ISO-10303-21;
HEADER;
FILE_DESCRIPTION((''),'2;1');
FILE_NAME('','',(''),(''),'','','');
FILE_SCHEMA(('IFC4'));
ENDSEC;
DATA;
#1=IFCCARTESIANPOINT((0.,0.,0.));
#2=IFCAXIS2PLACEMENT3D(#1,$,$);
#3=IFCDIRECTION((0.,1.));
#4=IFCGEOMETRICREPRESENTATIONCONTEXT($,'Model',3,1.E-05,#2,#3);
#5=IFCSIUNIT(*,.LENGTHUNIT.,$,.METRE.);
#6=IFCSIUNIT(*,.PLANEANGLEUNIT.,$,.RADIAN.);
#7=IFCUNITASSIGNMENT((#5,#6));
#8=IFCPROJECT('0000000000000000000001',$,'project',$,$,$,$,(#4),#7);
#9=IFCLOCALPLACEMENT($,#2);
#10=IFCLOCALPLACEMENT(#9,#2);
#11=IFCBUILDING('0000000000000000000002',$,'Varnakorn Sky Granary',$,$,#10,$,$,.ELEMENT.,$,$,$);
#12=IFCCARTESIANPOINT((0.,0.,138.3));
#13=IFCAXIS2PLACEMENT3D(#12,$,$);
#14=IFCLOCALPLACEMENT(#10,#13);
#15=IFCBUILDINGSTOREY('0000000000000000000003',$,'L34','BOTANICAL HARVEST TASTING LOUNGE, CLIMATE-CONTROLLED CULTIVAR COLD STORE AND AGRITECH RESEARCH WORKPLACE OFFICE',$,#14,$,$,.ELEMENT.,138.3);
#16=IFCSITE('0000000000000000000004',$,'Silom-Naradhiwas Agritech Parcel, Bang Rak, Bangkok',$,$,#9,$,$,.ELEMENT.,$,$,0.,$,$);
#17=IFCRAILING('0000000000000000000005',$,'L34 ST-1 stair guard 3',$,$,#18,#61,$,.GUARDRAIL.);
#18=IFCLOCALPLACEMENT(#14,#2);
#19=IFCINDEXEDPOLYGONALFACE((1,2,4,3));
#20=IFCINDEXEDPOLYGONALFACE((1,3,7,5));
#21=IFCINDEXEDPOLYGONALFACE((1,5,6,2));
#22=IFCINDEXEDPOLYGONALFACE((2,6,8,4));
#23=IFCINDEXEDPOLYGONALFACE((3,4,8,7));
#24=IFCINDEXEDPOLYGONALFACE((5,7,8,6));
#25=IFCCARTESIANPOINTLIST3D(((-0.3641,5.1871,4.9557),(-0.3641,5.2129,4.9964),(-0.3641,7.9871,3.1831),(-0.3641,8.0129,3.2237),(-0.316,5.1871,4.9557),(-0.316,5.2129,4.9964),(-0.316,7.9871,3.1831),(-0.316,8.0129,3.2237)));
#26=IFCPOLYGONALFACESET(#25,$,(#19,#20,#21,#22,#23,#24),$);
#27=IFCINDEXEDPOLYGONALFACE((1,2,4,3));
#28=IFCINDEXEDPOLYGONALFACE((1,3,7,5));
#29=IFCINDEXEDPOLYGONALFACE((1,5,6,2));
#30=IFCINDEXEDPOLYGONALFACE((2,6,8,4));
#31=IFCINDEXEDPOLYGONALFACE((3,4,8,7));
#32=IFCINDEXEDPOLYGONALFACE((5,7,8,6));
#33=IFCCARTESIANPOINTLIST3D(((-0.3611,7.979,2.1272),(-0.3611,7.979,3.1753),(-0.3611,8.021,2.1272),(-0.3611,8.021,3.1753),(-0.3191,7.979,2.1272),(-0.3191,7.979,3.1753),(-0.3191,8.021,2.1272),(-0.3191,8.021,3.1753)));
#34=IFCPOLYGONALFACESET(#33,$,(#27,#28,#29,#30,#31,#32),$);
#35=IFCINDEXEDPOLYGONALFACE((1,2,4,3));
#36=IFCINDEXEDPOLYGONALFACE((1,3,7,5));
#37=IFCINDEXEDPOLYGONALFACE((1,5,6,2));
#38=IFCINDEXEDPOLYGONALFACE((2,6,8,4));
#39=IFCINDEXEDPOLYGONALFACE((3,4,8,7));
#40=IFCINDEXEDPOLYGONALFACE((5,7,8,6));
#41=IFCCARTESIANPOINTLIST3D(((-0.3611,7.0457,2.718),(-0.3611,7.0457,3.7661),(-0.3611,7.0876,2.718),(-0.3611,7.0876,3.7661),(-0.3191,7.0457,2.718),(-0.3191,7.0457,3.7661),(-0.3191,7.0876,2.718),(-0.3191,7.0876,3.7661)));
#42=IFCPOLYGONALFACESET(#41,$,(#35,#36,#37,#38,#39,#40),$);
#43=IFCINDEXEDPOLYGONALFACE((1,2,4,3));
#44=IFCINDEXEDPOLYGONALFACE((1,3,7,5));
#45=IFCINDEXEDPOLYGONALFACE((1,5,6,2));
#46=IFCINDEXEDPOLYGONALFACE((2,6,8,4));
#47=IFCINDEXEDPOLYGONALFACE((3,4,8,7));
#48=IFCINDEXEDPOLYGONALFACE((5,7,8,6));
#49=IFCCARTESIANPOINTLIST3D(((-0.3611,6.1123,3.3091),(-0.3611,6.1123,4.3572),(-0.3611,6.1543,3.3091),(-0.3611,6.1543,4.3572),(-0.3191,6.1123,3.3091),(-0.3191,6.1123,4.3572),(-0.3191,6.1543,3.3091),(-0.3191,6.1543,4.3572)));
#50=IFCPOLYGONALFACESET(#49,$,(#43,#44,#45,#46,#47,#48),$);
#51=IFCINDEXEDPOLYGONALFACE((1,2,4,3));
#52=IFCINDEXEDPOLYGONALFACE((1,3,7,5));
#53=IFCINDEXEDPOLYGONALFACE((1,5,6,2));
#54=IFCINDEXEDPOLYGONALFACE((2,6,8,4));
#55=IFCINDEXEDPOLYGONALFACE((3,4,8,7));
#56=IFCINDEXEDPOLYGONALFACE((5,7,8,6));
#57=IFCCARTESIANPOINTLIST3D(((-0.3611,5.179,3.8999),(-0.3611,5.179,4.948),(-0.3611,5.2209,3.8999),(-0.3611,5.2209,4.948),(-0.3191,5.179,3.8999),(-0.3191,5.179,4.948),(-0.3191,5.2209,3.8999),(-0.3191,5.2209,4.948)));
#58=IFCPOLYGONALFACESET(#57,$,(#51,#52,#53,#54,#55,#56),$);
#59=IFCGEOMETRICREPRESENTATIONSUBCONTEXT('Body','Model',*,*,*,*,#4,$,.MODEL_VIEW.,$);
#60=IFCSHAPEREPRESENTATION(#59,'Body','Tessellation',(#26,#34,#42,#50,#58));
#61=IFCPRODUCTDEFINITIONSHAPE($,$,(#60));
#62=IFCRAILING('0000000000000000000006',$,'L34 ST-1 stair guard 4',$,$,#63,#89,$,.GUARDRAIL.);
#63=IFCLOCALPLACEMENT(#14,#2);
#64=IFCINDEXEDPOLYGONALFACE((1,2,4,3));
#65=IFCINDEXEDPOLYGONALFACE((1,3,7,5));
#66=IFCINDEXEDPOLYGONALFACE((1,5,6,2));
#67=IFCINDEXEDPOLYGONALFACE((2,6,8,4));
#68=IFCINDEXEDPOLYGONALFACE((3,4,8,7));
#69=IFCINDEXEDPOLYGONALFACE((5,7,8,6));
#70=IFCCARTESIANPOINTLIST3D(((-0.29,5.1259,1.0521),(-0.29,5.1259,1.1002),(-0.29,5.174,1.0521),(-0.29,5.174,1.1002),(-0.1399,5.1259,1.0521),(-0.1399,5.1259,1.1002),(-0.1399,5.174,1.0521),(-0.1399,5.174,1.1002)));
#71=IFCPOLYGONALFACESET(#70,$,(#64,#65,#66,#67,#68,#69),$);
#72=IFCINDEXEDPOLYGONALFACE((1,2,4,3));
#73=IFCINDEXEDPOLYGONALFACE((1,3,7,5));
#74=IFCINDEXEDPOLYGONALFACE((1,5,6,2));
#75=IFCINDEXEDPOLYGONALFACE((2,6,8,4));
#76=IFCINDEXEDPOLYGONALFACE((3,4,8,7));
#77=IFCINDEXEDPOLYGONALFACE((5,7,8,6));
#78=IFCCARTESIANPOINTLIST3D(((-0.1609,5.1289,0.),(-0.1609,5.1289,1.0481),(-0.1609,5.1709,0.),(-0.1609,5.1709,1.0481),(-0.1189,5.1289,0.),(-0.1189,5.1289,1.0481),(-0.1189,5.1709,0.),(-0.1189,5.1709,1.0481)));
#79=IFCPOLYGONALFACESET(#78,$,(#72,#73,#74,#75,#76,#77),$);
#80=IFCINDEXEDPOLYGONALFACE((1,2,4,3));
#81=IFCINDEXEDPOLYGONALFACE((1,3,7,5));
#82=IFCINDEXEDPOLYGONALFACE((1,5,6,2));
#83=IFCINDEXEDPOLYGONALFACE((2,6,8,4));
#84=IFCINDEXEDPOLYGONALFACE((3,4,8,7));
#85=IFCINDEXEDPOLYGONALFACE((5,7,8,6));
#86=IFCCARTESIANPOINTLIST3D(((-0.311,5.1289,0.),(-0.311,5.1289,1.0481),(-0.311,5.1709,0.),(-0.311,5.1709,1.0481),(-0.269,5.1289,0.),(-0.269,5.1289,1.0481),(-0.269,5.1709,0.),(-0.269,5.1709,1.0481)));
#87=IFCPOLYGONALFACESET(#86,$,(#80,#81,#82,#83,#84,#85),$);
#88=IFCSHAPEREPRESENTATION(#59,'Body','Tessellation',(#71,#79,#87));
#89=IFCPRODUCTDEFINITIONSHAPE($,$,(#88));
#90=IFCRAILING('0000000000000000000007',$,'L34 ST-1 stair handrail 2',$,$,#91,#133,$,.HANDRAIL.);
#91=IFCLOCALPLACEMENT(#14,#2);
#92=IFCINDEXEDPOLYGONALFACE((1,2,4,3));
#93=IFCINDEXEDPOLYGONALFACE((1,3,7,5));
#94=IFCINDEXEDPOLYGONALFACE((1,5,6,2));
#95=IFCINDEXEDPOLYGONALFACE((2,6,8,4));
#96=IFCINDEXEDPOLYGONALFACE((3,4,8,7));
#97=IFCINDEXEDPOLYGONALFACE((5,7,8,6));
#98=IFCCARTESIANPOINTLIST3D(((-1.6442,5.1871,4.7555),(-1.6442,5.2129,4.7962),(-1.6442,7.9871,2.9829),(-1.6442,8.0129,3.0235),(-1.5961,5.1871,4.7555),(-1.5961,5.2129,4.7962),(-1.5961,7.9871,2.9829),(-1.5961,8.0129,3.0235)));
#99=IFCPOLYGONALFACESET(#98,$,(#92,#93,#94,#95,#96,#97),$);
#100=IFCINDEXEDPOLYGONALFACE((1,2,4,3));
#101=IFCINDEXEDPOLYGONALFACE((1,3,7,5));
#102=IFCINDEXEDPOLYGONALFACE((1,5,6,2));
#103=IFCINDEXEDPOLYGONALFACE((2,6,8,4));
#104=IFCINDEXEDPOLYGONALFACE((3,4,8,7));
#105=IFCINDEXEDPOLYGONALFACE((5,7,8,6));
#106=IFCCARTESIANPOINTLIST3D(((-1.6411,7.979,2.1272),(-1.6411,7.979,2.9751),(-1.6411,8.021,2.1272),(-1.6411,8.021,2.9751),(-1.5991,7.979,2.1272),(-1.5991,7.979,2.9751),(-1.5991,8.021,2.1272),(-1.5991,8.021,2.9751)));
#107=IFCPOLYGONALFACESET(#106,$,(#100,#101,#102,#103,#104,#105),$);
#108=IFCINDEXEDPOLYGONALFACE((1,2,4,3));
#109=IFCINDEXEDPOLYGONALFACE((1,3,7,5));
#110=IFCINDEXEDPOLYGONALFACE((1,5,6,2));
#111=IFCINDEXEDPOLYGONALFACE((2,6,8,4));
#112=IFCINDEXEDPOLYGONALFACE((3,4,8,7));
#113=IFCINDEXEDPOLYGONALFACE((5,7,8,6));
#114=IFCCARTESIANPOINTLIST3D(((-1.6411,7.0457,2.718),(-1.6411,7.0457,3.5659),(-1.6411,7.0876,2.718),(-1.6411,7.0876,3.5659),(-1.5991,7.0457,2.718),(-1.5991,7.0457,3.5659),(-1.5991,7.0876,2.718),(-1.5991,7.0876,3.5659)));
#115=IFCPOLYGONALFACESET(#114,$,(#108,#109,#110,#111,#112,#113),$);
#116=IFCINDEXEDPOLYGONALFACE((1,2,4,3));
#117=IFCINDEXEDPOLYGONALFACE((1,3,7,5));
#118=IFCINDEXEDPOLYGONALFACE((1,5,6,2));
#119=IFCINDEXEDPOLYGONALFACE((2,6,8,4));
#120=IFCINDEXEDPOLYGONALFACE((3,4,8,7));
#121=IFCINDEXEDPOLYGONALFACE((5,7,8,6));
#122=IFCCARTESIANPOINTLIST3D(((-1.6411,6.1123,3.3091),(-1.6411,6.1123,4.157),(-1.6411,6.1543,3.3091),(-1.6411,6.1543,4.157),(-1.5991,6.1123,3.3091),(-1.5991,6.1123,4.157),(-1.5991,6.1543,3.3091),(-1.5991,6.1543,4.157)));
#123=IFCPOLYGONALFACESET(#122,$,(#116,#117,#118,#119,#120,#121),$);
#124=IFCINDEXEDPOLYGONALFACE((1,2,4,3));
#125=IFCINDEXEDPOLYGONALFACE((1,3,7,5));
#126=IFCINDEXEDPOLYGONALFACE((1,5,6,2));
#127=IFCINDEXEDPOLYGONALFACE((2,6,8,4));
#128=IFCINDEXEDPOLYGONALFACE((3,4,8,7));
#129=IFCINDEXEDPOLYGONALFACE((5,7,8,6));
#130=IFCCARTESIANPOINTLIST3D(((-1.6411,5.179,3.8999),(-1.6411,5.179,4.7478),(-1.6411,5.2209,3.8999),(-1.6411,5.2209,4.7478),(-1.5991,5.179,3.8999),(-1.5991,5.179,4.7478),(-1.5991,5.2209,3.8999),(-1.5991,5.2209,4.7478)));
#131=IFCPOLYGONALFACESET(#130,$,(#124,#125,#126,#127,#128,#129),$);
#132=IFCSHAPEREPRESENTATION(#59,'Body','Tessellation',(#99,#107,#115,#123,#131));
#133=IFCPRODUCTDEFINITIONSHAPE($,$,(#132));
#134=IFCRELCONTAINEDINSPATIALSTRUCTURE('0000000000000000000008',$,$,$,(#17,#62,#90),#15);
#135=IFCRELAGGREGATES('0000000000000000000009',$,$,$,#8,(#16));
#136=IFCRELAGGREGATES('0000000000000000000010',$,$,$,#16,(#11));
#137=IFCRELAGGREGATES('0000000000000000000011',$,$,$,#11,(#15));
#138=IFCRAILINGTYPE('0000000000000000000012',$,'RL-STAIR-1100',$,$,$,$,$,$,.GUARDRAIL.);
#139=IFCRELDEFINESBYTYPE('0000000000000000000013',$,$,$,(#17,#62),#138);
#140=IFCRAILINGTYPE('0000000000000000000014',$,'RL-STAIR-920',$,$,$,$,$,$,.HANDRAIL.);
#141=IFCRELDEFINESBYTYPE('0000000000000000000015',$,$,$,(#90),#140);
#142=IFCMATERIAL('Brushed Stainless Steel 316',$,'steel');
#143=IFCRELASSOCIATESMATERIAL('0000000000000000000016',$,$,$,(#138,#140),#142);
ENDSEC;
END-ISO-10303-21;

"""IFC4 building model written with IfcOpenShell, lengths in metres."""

from ifc_helpers import new_model, si_unit, direction, frame, origin, origin_2d, place, context, subcontext, project, spatial, rectangle, extrude, material, type_object, element, save


model = new_model("IFC4")

# Units and contexts
model_context = context("Model", 3, precision=1e-05, world=origin(), true_north=direction((0.0, 1.0)))
body_context = subcontext(model_context, "Body", "Model", "MODEL_VIEW")
ifc_project = project(units=[si_unit("LENGTHUNIT", "METRE"), si_unit("PLANEANGLEUNIT", "RADIAN")], contexts=[model_context])

# Site, building, storey
site_placement = place(None, origin())
site = spatial("IfcSite", under=ifc_project, at=site_placement, Name="Silom-Naradhiwas Agritech Parcel, Bang Rak, Bangkok", CompositionType="ELEMENT", RefElevation=0.0)
building_placement = place(site_placement, origin())
building = spatial("IfcBuilding", under=site, at=building_placement, Name="Varnakorn Sky Granary", CompositionType="ELEMENT")
storey_placement = place(building_placement, frame((0.0, 0.0, 138.3)))
storey = spatial("IfcBuildingStorey", under=building, at=storey_placement, Name="L34", Description="BOTANICAL HARVEST TASTING LOUNGE, CLIMATE-CONTROLLED CULTIVAR COLD STORE AND AGRITECH RESEARCH WORKPLACE OFFICE", CompositionType="ELEMENT", Elevation=138.3)

# Railings
ifc_material_1 = material(Name="Brushed Stainless Steel 316", Category="steel")
railing_type_1 = type_object("IfcRailingType", Name="RL-STAIR-1100", PredefinedType="GUARDRAIL", material=ifc_material_1)
railing_1_placement = place(storey_placement, frame((-0.3401, 8.0, 2.1272)))
element("IfcRailing", 1, at=railing_1_placement, inside=storey, type_object=railing_type_1, Name="L34 ST-1 stair guard 3", PredefinedType="GUARDRAIL", context=body_context, shape_type="SweptSolid", body=[
    extrude(rectangle(XDim=0.0481, YDim=0.0481, at=origin_2d()), frame((0.0, 0.0, 1.0762), z_axis=(0.0, -0.844909, 0.53491), x_axis=(1.0, 0.0, 0.0)), (0.0, 0.0, 1.0), 3.314),
    extrude(rectangle(XDim=0.042, YDim=0.042, at=origin_2d()), origin(), (0.0, 0.0, 1.0), 1.0481),
    extrude(rectangle(XDim=0.042, YDim=0.042, at=origin_2d()), frame((0.0, -0.9333, 0.5908)), (0.0, 0.0, 1.0), 1.0481),
    extrude(rectangle(XDim=0.042, YDim=0.042, at=origin_2d()), frame((0.0, -1.8667, 1.1819)), (0.0, 0.0, 1.0), 1.0481),
    extrude(rectangle(XDim=0.042, YDim=0.042, at=origin_2d()), frame((0.0, -2.8, 1.7727)), (0.0, 0.0, 1.0), 1.0481),
])
railing_2_placement = place(storey_placement, frame((-0.1399, 5.1499, 0.0)))
element("IfcRailing", 2, at=railing_2_placement, inside=storey, type_object=railing_type_1, Name="L34 ST-1 stair guard 4", PredefinedType="GUARDRAIL", context=body_context, shape_type="SweptSolid", body=[
    extrude(rectangle(XDim=0.0481, YDim=0.0481, at=origin_2d()), frame((0.0, 0.0, 1.0762), z_axis=(-1.0, 0.0, 0.0), x_axis=(0.0, -1.0, 0.0)), (0.0, 0.0, 1.0), 0.1501),
    extrude(rectangle(XDim=0.042, YDim=0.042, at=origin_2d()), origin(), (0.0, 0.0, 1.0), 1.0481),
    extrude(rectangle(XDim=0.042, YDim=0.042, at=origin_2d()), frame((-0.1501, 0.0, 0.0)), (0.0, 0.0, 1.0), 1.0481),
])
railing_type_2 = type_object("IfcRailingType", Name="RL-STAIR-920", PredefinedType="HANDRAIL", material=ifc_material_1)
railing_3_placement = place(storey_placement, frame((-1.6201, 8.0, 2.1272)))
element("IfcRailing", 3, at=railing_3_placement, inside=storey, type_object=railing_type_2, Name="L34 ST-1 stair handrail 2", PredefinedType="HANDRAIL", context=body_context, shape_type="SweptSolid", body=[
    extrude(rectangle(XDim=0.0481, YDim=0.0481, at=origin_2d()), frame((0.0, 0.0, 0.876), z_axis=(0.0, -0.844909, 0.53491), x_axis=(1.0, 0.0, 0.0)), (0.0, 0.0, 1.0), 3.314),
    extrude(rectangle(XDim=0.042, YDim=0.042, at=origin_2d()), origin(), (0.0, 0.0, 1.0), 0.8479),
    extrude(rectangle(XDim=0.042, YDim=0.042, at=origin_2d()), frame((0.0, -0.9333, 0.5908)), (0.0, 0.0, 1.0), 0.8479),
    extrude(rectangle(XDim=0.042, YDim=0.042, at=origin_2d()), frame((0.0, -1.8667, 1.1819)), (0.0, 0.0, 1.0), 0.8479),
    extrude(rectangle(XDim=0.042, YDim=0.042, at=origin_2d()), frame((0.0, -2.8, 1.7727)), (0.0, 0.0, 1.0), 0.8479),
])

save(model, "model.ifc")
